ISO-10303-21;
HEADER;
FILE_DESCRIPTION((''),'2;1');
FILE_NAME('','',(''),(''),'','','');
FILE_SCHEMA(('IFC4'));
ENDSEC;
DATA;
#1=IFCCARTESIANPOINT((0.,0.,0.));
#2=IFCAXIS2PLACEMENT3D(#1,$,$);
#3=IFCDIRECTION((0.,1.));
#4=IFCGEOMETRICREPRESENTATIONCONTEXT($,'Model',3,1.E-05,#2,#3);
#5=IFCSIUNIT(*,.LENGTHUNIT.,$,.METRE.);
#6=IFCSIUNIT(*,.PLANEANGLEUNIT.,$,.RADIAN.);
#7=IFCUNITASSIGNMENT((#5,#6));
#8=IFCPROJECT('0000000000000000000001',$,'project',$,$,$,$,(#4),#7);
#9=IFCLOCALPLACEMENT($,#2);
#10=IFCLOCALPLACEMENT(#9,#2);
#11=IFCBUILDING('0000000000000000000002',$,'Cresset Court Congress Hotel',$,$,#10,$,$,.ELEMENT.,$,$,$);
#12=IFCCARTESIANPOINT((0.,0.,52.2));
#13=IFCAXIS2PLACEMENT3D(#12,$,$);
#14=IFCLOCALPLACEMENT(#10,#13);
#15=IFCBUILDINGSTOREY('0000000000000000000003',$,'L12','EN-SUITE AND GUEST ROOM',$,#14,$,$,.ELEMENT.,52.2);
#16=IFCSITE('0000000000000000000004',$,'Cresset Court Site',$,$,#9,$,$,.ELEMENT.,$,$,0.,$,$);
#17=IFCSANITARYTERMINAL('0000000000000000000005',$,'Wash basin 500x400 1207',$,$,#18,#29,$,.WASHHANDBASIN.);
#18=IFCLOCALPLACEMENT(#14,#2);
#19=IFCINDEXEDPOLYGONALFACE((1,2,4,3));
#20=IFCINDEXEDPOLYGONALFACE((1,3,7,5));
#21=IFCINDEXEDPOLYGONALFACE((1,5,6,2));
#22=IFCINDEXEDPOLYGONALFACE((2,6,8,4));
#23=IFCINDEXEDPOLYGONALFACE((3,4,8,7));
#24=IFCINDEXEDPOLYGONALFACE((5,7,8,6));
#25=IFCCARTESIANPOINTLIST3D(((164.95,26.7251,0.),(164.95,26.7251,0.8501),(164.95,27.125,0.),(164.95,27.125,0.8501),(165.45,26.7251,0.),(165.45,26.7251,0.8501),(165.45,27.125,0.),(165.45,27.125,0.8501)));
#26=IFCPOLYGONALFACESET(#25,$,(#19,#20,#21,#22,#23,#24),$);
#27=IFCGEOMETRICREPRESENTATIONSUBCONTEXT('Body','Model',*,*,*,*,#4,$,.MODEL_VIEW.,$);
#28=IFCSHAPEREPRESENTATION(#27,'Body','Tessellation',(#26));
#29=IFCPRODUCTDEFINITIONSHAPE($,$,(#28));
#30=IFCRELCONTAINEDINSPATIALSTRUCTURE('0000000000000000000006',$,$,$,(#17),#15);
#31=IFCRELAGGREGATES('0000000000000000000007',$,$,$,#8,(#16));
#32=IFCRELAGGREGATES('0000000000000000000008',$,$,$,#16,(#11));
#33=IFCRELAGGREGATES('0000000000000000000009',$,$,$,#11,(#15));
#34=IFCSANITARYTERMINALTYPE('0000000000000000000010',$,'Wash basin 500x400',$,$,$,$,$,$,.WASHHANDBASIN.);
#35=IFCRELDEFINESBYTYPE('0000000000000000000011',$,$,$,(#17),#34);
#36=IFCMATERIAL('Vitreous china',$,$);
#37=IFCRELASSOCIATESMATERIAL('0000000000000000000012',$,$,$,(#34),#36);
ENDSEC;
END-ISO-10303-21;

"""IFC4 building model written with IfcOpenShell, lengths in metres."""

from ifc_helpers import new_model, si_unit, direction, frame, origin, origin_2d, place, context, subcontext, project, spatial, rectangle, extrude, material, type_object, element, save


model = new_model("IFC4")

# Units and contexts
model_context = context("Model", 3, precision=1e-05, world=origin(), true_north=direction((0.0, 1.0)))
body_context = subcontext(model_context, "Body", "Model", "MODEL_VIEW")
ifc_project = project(units=[si_unit("LENGTHUNIT", "METRE"), si_unit("PLANEANGLEUNIT", "RADIAN")], contexts=[model_context])

# Site, building, storey
site_placement = place(None, origin())
site = spatial("IfcSite", under=ifc_project, at=site_placement, Name="Cresset Court Site", CompositionType="ELEMENT", RefElevation=0.0)
building_placement = place(site_placement, origin())
building = spatial("IfcBuilding", under=site, at=building_placement, Name="Cresset Court Congress Hotel", CompositionType="ELEMENT")
storey_placement = place(building_placement, frame((0.0, 0.0, 52.2)))
storey = spatial("IfcBuildingStorey", under=building, at=storey_placement, Name="L12", Description="EN-SUITE AND GUEST ROOM", CompositionType="ELEMENT", Elevation=52.2)

# Sanitary terminal
ifc_material_1 = material(Name="Vitreous china")
sanitary_terminal_type_1 = type_object("IfcSanitaryTerminalType", Name="Wash basin 500x400", PredefinedType="WASHHANDBASIN", material=ifc_material_1)
for number, where, z_axis, x_axis, name in (
    (1, (165.2, 26.925, 0.0), (0.0, 0.0, 1.0), (1.0, 0.0, 0.0), "Wash basin 500x400 1207"),
):
    element("IfcSanitaryTerminal", number, at=place(storey_placement, frame(where, z_axis=z_axis, x_axis=x_axis)), inside=storey, type_object=sanitary_terminal_type_1, Name=name, PredefinedType="WASHHANDBASIN", context=body_context, shape_type="SweptSolid", body=[
        extrude(rectangle(XDim=0.5, YDim=0.3999, at=origin_2d()), origin(), (0.0, 0.0, 1.0), 0.8501),
    ])

save(model, "model.ifc")
